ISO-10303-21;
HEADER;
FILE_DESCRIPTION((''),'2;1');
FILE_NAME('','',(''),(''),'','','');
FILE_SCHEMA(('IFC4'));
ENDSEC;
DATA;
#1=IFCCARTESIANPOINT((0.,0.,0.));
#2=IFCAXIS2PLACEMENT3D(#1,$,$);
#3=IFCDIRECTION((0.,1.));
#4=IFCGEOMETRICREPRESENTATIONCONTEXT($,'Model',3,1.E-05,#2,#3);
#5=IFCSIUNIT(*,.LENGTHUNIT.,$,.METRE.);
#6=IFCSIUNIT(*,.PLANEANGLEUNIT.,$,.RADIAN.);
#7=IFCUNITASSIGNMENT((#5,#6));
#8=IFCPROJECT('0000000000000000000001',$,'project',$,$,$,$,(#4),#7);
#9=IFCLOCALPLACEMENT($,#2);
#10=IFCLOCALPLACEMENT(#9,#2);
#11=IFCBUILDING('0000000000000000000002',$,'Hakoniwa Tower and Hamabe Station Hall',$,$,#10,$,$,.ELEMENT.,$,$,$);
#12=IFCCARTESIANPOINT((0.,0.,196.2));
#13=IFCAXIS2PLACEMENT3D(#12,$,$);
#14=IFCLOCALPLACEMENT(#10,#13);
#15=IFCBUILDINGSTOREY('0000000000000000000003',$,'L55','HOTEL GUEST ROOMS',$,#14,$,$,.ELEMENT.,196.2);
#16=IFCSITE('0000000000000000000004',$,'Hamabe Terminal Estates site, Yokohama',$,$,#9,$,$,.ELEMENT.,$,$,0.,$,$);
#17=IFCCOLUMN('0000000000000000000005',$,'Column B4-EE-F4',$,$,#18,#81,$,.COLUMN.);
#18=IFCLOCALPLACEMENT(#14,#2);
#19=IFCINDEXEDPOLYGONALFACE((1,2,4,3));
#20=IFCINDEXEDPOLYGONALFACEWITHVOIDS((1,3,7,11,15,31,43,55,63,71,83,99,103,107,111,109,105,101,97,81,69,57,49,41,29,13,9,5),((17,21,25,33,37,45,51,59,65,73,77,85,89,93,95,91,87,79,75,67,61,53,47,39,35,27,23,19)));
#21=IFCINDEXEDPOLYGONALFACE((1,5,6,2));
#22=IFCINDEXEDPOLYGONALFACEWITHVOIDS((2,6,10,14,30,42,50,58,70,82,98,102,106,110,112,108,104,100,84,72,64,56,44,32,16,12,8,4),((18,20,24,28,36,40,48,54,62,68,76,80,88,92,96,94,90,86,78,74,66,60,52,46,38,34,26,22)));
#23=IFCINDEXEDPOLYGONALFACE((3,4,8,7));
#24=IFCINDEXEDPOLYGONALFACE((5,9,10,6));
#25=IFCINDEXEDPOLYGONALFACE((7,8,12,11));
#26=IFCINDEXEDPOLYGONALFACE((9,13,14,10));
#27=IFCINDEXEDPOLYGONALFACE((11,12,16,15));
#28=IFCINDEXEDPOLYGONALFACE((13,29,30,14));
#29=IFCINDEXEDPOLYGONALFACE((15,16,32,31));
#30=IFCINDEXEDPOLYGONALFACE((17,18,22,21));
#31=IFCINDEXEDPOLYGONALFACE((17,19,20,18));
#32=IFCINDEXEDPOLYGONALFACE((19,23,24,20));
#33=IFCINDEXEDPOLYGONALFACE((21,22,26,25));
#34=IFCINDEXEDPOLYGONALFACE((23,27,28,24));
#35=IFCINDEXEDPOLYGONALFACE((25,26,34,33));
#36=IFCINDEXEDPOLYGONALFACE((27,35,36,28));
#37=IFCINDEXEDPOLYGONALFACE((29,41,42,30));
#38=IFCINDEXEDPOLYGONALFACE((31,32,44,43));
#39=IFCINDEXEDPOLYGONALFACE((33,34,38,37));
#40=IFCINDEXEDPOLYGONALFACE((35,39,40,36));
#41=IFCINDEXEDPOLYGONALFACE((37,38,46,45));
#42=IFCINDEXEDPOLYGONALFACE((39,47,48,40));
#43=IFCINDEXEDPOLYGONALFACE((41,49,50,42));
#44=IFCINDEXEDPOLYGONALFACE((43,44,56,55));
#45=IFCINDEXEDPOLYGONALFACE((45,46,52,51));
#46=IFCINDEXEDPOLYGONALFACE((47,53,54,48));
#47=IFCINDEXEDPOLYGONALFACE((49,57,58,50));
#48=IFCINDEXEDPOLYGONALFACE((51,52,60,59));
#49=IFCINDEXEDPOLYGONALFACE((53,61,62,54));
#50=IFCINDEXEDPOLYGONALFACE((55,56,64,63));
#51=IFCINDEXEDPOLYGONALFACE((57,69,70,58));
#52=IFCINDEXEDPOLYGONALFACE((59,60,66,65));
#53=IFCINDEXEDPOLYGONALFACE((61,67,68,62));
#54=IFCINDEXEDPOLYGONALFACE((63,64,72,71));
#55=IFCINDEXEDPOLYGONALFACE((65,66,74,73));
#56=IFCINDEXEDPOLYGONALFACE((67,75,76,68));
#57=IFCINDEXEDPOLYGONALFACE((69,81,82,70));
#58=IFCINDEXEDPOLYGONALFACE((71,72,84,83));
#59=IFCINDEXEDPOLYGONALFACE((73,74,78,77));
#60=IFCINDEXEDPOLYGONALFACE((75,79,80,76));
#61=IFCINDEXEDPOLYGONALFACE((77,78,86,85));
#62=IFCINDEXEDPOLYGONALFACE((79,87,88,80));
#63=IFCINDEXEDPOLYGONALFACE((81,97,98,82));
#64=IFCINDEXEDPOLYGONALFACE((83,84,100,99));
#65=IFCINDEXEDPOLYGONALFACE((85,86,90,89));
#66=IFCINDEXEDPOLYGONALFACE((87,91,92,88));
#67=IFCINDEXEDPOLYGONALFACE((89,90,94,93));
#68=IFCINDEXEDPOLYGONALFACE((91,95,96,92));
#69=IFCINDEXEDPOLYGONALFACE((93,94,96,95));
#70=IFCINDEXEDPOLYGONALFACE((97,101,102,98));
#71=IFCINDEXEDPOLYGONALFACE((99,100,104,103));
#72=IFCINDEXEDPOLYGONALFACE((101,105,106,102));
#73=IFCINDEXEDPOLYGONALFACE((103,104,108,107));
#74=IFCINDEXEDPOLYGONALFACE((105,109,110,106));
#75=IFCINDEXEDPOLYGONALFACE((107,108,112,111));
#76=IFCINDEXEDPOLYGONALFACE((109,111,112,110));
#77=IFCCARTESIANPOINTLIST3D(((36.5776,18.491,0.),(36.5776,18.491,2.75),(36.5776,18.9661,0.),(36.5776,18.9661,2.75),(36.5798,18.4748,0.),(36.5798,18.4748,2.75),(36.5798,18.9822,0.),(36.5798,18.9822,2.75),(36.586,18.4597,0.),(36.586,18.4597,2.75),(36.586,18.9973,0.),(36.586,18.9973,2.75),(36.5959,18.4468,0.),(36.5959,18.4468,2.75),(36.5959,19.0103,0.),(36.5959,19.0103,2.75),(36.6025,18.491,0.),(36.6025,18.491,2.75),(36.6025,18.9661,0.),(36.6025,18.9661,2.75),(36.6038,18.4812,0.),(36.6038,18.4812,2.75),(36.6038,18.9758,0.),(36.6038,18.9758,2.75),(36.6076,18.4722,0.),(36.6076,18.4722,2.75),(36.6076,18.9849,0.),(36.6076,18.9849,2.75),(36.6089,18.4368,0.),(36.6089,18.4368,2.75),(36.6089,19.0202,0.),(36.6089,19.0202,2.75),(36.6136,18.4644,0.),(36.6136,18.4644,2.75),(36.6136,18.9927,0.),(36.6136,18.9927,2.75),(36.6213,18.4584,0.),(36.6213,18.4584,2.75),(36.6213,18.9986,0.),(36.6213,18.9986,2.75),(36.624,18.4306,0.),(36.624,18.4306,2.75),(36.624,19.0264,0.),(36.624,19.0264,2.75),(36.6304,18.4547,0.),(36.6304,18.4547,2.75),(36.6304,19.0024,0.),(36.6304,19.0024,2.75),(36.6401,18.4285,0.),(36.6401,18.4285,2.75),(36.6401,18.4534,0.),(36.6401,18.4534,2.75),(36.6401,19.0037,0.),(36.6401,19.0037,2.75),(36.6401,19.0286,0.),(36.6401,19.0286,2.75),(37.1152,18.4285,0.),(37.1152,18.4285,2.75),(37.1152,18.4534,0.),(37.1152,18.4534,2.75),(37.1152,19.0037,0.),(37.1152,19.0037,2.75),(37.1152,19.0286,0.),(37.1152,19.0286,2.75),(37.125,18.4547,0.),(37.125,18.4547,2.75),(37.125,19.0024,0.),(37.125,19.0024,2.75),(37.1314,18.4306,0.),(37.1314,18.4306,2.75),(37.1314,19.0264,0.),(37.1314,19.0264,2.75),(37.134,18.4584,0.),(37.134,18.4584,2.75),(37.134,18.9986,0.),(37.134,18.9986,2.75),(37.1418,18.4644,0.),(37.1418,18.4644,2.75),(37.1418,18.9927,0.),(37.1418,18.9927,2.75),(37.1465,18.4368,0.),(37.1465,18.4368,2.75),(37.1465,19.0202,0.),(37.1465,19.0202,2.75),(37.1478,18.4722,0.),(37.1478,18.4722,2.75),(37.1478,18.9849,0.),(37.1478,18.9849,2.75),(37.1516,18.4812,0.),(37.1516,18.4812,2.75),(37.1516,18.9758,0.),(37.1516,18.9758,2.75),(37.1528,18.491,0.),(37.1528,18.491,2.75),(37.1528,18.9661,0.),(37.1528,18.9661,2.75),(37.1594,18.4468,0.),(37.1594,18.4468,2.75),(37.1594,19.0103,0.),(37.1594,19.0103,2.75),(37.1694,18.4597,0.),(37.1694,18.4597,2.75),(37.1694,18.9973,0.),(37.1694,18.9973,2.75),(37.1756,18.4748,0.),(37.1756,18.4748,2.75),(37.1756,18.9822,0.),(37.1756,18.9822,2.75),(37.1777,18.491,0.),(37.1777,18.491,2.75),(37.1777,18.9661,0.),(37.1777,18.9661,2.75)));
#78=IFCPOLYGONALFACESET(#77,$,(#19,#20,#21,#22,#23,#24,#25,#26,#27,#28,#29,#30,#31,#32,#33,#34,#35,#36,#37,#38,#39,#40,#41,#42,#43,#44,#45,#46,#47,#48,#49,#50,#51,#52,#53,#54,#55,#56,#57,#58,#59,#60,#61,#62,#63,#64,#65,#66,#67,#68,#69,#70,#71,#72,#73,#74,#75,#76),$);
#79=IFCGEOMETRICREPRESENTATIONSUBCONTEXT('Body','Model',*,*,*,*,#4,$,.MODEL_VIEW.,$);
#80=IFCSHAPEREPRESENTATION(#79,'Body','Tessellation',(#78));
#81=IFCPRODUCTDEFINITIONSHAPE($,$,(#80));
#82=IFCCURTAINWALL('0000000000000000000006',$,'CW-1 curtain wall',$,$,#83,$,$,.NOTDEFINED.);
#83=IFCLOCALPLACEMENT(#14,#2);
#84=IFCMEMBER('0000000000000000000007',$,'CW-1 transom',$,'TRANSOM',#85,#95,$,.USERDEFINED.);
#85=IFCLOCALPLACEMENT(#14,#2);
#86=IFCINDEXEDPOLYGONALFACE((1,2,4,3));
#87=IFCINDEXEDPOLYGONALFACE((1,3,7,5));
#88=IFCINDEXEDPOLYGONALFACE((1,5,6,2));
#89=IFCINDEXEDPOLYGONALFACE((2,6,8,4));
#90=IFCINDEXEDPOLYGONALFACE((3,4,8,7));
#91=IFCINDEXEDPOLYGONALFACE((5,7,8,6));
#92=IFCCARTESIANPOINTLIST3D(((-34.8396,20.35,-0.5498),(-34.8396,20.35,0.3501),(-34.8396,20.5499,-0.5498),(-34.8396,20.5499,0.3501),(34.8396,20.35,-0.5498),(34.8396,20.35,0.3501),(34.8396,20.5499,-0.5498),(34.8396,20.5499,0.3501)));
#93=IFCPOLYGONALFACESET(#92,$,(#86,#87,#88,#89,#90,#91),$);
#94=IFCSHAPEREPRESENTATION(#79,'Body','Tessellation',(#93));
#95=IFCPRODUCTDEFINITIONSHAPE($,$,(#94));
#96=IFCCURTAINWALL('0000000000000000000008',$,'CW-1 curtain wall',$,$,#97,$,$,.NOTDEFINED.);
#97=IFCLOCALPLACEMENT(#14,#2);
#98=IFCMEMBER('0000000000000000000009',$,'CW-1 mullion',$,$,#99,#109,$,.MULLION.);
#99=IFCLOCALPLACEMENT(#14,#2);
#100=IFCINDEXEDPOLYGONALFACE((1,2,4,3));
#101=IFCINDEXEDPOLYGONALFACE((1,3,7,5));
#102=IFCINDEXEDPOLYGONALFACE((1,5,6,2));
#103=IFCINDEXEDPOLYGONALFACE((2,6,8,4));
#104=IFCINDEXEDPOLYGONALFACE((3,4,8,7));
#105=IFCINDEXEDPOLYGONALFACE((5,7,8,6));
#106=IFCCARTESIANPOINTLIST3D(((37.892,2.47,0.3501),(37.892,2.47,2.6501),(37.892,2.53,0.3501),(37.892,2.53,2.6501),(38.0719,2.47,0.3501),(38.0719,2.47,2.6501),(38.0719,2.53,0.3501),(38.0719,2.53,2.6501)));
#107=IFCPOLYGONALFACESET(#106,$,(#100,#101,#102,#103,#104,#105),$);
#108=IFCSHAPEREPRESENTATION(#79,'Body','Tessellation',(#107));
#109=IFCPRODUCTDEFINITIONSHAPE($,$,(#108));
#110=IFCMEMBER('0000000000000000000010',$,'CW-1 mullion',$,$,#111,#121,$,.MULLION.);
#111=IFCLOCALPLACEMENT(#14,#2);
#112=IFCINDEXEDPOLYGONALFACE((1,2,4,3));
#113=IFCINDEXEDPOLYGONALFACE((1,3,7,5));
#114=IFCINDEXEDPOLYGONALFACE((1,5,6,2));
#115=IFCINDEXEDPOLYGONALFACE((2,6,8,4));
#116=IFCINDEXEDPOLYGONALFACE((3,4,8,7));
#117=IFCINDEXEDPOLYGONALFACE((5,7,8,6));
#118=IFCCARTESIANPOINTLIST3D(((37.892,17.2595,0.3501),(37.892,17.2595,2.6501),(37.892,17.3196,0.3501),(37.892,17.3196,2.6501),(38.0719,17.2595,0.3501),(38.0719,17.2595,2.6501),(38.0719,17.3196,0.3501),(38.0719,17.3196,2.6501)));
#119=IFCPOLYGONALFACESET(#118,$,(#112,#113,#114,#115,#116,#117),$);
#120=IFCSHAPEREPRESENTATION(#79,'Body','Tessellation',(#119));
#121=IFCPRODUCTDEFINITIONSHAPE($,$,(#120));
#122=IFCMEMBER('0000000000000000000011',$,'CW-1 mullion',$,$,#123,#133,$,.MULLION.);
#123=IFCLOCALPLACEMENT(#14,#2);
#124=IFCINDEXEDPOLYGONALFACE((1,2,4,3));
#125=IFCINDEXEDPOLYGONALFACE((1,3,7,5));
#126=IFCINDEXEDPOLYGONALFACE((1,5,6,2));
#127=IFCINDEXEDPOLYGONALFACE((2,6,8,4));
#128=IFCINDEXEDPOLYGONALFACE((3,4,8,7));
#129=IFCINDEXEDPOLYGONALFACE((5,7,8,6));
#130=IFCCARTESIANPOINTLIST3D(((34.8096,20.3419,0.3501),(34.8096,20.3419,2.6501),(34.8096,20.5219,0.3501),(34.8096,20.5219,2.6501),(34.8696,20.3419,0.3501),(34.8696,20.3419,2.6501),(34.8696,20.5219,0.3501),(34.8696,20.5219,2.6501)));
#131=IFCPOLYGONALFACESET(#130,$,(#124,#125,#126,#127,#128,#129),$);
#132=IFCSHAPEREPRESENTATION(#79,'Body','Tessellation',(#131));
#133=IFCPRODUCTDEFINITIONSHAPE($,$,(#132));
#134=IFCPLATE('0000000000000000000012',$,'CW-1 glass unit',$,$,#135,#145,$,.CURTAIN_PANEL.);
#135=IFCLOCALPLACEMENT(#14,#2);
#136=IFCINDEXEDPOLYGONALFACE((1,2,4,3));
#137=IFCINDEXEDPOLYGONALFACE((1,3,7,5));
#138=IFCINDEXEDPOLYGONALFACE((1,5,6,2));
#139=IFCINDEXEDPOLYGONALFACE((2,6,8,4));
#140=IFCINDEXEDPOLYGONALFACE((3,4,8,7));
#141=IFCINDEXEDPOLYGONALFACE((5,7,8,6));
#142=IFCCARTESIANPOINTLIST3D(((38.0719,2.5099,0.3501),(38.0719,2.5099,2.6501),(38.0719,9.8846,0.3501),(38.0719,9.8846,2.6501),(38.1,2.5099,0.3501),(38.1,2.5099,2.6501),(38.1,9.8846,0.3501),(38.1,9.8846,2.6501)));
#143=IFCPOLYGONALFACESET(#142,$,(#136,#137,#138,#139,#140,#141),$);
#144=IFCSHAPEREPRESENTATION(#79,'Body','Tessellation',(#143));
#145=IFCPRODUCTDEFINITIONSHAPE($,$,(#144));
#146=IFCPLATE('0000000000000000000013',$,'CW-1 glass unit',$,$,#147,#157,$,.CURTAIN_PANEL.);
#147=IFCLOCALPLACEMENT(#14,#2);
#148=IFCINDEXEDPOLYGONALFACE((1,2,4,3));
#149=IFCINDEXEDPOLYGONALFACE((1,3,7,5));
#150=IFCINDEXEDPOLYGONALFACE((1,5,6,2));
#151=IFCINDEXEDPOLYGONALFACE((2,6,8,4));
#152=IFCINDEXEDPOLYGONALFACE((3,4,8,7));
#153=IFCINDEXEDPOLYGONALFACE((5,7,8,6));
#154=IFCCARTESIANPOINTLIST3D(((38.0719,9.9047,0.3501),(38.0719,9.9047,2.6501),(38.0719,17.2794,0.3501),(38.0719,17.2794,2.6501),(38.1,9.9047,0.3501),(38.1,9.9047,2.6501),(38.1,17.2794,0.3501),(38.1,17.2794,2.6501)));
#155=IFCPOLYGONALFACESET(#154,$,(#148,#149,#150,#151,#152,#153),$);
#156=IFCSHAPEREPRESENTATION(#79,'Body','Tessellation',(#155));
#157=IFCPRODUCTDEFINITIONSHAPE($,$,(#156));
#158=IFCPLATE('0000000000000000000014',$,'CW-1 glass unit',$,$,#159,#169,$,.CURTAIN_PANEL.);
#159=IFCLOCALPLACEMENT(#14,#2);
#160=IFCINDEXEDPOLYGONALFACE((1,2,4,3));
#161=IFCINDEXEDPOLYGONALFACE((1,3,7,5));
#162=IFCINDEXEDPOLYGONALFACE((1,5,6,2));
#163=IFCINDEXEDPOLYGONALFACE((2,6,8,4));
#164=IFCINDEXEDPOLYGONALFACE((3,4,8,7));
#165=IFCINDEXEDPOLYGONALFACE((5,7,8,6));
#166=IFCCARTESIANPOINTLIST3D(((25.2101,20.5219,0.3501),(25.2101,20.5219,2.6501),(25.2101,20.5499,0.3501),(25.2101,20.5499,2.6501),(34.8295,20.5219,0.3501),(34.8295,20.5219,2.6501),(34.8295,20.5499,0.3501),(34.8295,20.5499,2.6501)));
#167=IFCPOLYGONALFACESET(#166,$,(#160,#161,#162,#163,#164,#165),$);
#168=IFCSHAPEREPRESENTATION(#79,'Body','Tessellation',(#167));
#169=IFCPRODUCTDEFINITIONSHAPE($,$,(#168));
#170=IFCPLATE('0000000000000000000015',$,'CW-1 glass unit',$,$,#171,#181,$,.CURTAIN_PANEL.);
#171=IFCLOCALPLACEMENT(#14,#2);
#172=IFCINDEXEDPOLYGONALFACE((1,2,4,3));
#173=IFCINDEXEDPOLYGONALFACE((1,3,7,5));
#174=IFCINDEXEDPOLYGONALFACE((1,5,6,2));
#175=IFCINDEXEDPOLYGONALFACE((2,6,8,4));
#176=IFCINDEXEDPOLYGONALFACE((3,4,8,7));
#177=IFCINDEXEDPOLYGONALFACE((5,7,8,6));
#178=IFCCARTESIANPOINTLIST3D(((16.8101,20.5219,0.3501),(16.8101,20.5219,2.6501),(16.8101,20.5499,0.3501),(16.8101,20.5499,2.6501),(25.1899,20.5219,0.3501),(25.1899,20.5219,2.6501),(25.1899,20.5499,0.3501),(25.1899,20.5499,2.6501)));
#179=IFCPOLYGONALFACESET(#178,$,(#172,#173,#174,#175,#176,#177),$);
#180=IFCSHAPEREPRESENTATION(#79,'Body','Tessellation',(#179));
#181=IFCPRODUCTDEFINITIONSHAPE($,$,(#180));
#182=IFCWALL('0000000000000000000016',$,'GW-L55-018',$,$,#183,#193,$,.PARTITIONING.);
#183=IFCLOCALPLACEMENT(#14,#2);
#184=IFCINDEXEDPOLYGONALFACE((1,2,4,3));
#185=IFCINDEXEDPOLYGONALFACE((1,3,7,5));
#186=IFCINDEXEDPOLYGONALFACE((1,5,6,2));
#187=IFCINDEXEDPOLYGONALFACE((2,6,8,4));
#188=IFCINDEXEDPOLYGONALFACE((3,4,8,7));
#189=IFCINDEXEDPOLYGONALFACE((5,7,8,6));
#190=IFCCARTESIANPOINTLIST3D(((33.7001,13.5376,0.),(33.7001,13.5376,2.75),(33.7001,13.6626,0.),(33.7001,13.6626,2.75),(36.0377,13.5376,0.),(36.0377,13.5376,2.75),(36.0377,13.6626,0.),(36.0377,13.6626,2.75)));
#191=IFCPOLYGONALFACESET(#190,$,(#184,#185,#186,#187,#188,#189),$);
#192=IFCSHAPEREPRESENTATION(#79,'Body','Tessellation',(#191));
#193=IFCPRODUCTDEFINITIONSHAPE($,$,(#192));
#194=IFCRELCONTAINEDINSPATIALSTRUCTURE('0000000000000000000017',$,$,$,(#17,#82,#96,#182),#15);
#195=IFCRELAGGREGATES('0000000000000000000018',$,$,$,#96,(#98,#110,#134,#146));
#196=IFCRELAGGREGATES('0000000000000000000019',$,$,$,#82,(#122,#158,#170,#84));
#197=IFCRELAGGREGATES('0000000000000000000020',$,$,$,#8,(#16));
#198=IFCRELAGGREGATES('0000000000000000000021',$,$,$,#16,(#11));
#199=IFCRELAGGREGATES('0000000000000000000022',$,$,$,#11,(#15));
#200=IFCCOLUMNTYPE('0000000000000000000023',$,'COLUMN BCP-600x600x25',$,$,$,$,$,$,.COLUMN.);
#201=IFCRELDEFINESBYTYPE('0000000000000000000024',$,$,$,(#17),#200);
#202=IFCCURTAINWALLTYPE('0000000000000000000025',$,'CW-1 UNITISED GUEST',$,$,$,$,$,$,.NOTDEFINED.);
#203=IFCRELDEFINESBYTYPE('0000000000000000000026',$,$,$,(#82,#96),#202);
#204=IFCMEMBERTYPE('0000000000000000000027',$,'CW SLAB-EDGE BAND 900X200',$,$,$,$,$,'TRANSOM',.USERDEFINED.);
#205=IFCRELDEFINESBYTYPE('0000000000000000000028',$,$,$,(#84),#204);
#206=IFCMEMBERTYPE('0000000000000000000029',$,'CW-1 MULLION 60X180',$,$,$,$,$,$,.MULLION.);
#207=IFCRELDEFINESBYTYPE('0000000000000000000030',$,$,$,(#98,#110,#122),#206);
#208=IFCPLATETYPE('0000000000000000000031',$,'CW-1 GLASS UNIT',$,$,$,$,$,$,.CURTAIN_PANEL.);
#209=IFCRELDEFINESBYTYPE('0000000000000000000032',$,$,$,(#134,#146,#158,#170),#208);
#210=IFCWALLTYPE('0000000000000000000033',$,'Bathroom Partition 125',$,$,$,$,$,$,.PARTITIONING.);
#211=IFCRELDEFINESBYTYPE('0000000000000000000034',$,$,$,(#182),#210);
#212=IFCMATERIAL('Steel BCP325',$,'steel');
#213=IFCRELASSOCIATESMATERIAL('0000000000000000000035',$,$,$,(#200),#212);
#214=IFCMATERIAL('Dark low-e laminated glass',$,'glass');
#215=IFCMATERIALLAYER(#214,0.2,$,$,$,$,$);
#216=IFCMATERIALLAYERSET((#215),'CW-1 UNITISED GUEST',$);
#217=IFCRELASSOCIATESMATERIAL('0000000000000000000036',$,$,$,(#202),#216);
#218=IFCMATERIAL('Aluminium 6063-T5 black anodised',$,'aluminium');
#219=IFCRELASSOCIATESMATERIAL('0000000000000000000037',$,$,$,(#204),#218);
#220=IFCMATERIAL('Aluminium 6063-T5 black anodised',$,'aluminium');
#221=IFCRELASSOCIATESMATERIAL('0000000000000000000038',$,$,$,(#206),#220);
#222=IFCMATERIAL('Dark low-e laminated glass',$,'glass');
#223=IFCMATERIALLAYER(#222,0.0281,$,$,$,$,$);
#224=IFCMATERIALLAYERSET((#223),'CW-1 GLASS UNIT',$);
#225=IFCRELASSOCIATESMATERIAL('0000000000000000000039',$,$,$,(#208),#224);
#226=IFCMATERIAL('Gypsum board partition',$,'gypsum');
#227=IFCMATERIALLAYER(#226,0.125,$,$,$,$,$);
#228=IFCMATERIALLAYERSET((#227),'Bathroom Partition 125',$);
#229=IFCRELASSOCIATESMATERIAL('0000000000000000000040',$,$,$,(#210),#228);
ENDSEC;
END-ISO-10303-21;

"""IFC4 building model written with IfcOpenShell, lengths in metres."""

from ifc_helpers import new_model, si_unit, direction, frame, frame_2d, origin, origin_2d, place, context, subcontext, project, spatial, rectangle, hollow_rectangle, extrude, material, layer, layer_set, material_profile, profile_set, type_object, element, aggregate, save


model = new_model("IFC4")

# Units and contexts
model_context = context("Model", 3, precision=1e-05, world=origin(), true_north=direction((0.0, 1.0)))
body_context = subcontext(model_context, "Body", "Model", "MODEL_VIEW")
ifc_project = project(units=[si_unit("LENGTHUNIT", "METRE"), si_unit("PLANEANGLEUNIT", "RADIAN")], contexts=[model_context])

# Site, building, storey
site_placement = place(None, origin())
site = spatial("IfcSite", under=ifc_project, at=site_placement, Name="Hamabe Terminal Estates site, Yokohama", CompositionType="ELEMENT", RefElevation=0.0)
building_placement = place(site_placement, origin())
building = spatial("IfcBuilding", under=site, at=building_placement, Name="Hakoniwa Tower and Hamabe Station Hall", CompositionType="ELEMENT")
storey_placement = place(building_placement, frame((0.0, 0.0, 196.2)))
storey = spatial("IfcBuildingStorey", under=building, at=storey_placement, Name="L55", Description="HOTEL GUEST ROOMS", CompositionType="ELEMENT", Elevation=196.2)

# Column
ifc_material_1 = material(Name="Steel BCP325", Category="steel")
ifc_material_profile_1 = material_profile(ifc_material_1, hollow_rectangle(XDim=0.6001, YDim=0.6001, WallThickness=0.0249, InnerFilletRadius=0.0376, OuterFilletRadius=0.0625, at=origin_2d()), Name="BCP-600x600x25")
ifc_profile_set_1 = profile_set([ifc_material_profile_1], Name="Steel BCP325")
column_type = type_object("IfcColumnType", Name="COLUMN BCP-600x600x25", PredefinedType="COLUMN", material=ifc_profile_set_1)
for number, where, z_axis, x_axis, name in (
    (1, (36.8777, 18.7285, 0.0), (0.0, 0.0, 1.0), (1.0, 0.0, 0.0), "Column B4-EE-F4"),
):
    element("IfcColumn", number, at=place(storey_placement, frame(where, z_axis=z_axis, x_axis=x_axis)), inside=storey, type_object=column_type, Name=name, PredefinedType="COLUMN", context=body_context, shape_type="SweptSolid", body=[
        extrude(hollow_rectangle(XDim=0.6001, YDim=0.6001, WallThickness=0.0249, InnerFilletRadius=0.0376, OuterFilletRadius=0.0625, at=origin_2d()), origin(), (0.0, 0.0, 1.0), 2.75),
    ])

# Curtain wall, member
ifc_material_2 = material(Name="Dark low-e laminated glass", Category="glass")
ifc_layer_1 = layer(ifc_material_2, 0.2)
ifc_layer_set_1 = layer_set([ifc_layer_1], Name="CW-1 UNITISED GUEST")
curtain_wall_type = type_object("IfcCurtainWallType", Name="CW-1 UNITISED GUEST", PredefinedType="NOTDEFINED", material=ifc_layer_set_1)
curtain_wall_1_placement = place(storey_placement, origin())
curtain_wall_1 = element("IfcCurtainWall", 2, at=curtain_wall_1_placement, inside=storey, type_object=curtain_wall_type, Name="CW-1 curtain wall", PredefinedType="NOTDEFINED")
ifc_material_3 = material(Name="Aluminium 6063-T5 black anodised", Category="aluminium")
ifc_material_profile_2 = material_profile(ifc_material_3, rectangle(XDim=0.2, YDim=0.8999, at=origin_2d()), Name="CW SLAB-EDGE BAND 900X200")
ifc_profile_set_2 = profile_set([ifc_material_profile_2], Name="Aluminium 6063-T5 black anodised")
member_type_1 = type_object("IfcMemberType", Name="CW SLAB-EDGE BAND 900X200", ElementType="TRANSOM", PredefinedType="USERDEFINED", material=ifc_profile_set_2)
member_1_placement = place(storey_placement, frame((34.8396, 20.45, -0.0999), z_axis=(-1.0, 0.0, 0.0), x_axis=(0.0, -1.0, 0.0)))
member_1 = element("IfcMember", 3, at=member_1_placement, type_object=member_type_1, Name="CW-1 transom", ObjectType="TRANSOM", PredefinedType="USERDEFINED", context=body_context, shape_type="SweptSolid", body=[
    extrude(rectangle(XDim=0.2, YDim=0.8999, at=origin_2d()), origin(), (0.0, 0.0, 1.0), 69.6792),
])

# Curtain wall, members
curtain_wall_2_placement = place(storey_placement, origin())
curtain_wall_2 = element("IfcCurtainWall", 4, at=curtain_wall_2_placement, inside=storey, type_object=curtain_wall_type, Name="CW-1 curtain wall", PredefinedType="NOTDEFINED")
ifc_material_4 = material(Name="Aluminium 6063-T5 black anodised", Category="aluminium")
ifc_material_profile_3 = material_profile(ifc_material_4, rectangle(XDim=0.0601, YDim=0.1799, at=origin_2d()), Name="CW-1 MULLION 60X180")
ifc_profile_set_3 = profile_set([ifc_material_profile_3], Name="Aluminium 6063-T5 black anodised")
member_type_2 = type_object("IfcMemberType", Name="CW-1 MULLION 60X180", PredefinedType="MULLION", material=ifc_profile_set_3)
member_2_placement = place(storey_placement, frame((37.9819, 2.5, 0.3501), z_axis=(0.0, 0.0, 1.0), x_axis=(0.0, 1.0, 0.0)))
member_2 = element("IfcMember", 5, at=member_2_placement, type_object=member_type_2, Name="CW-1 mullion", PredefinedType="MULLION", context=body_context, shape_type="SweptSolid", body=[
    extrude(rectangle(XDim=0.0601, YDim=0.1799, at=origin_2d()), origin(), (0.0, 0.0, 1.0), 2.3),
])
member_3_placement = place(storey_placement, frame((37.9819, 17.2896, 0.3501), z_axis=(0.0, 0.0, 1.0), x_axis=(0.0, 1.0, 0.0)))
member_3 = element("IfcMember", 6, at=member_3_placement, type_object=member_type_2, Name="CW-1 mullion", PredefinedType="MULLION", context=body_context, shape_type="SweptSolid", body=[
    extrude(rectangle(XDim=0.0601, YDim=0.1799, at=origin_2d()), origin(), (0.0, 0.0, 1.0), 2.3),
])

# Member
member_4_placement = place(storey_placement, frame((34.8396, 20.4319, 0.3501), z_axis=(0.0, 0.0, 1.0), x_axis=(-1.0, 0.0, 0.0)))
member_4 = element("IfcMember", 7, at=member_4_placement, type_object=member_type_2, Name="CW-1 mullion", PredefinedType="MULLION", context=body_context, shape_type="SweptSolid", body=[
    extrude(rectangle(XDim=0.0601, YDim=0.1799, at=origin_2d()), origin(), (0.0, 0.0, 1.0), 2.3),
])

# Plates
ifc_material_5 = material(Name="Dark low-e laminated glass", Category="glass")
ifc_layer_2 = layer(ifc_material_5, 0.0281)
ifc_layer_set_2 = layer_set([ifc_layer_2], Name="CW-1 GLASS UNIT")
plate_type = type_object("IfcPlateType", Name="CW-1 GLASS UNIT", PredefinedType="CURTAIN_PANEL", material=ifc_layer_set_2)
plate_1_placement = place(storey_placement, frame((38.0859, 6.1973, 0.3501), z_axis=(0.0, 0.0, 1.0), x_axis=(0.0, 1.0, 0.0)))
plate_1 = element("IfcPlate", 8, at=plate_1_placement, type_object=plate_type, Name="CW-1 glass unit", PredefinedType="CURTAIN_PANEL", context=body_context, shape_type="SweptSolid", body=[
    extrude(rectangle(XDim=7.3748, YDim=0.0281, at=origin_2d()), origin(), (0.0, 0.0, 1.0), 2.3),
])
plate_2_placement = place(storey_placement, frame((38.0859, 13.592, 0.3501), z_axis=(0.0, 0.0, 1.0), x_axis=(0.0, 1.0, 0.0)))
plate_2 = element("IfcPlate", 9, at=plate_2_placement, type_object=plate_type, Name="CW-1 glass unit", PredefinedType="CURTAIN_PANEL", context=body_context, shape_type="SweptSolid", body=[
    extrude(rectangle(XDim=7.3748, YDim=0.0281, at=origin_2d()), origin(), (0.0, 0.0, 1.0), 2.3),
])
aggregate(curtain_wall_2, [member_2, member_3, plate_1, plate_2])
plate_3_placement = place(storey_placement, frame((30.0198, 20.5359, 0.3501), z_axis=(0.0, 0.0, 1.0), x_axis=(-1.0, 0.0, 0.0)))
plate_3 = element("IfcPlate", 10, at=plate_3_placement, type_object=plate_type, Name="CW-1 glass unit", PredefinedType="CURTAIN_PANEL", context=body_context, shape_type="SweptSolid", body=[
    extrude(rectangle(XDim=9.6194, YDim=0.0281, at=origin_2d()), origin(), (0.0, 0.0, 1.0), 2.3),
])
plate_4_placement = place(storey_placement, frame((21.0, 20.5359, 0.3501), z_axis=(0.0, 0.0, 1.0), x_axis=(-1.0, 0.0, 0.0)))
plate_4 = element("IfcPlate", 11, at=plate_4_placement, type_object=plate_type, Name="CW-1 glass unit", PredefinedType="CURTAIN_PANEL", context=body_context, shape_type="SweptSolid", body=[
    extrude(rectangle(XDim=8.3799, YDim=0.0281, at=origin_2d()), origin(), (0.0, 0.0, 1.0), 2.3),
])
aggregate(curtain_wall_1, [member_4, plate_3, plate_4, member_1])

# Wall
ifc_material_6 = material(Name="Gypsum board partition", Category="gypsum")
ifc_layer_3 = layer(ifc_material_6, 0.125)
ifc_layer_set_3 = layer_set([ifc_layer_3], Name="Bathroom Partition 125")
wall_type_1 = type_object("IfcWallType", Name="Bathroom Partition 125", PredefinedType="PARTITIONING", material=ifc_layer_set_3)
wall_1_placement = place(storey_placement, frame((33.7, 13.6001, 0.0), z_axis=(0.0, 0.0, 1.0), x_axis=(1.0, 0.0, 0.0)))
element("IfcWall", 12, at=wall_1_placement, inside=storey, type_object=wall_type_1, Name="GW-L55-018", PredefinedType="PARTITIONING", context=body_context, shape_type="SweptSolid", body=[
    extrude(rectangle(XDim=2.3376, YDim=0.125, at=frame_2d((1.1689, 0.0))), origin(), (0.0, 0.0, 1.0), 2.75),
])

save(model, "model.ifc")
